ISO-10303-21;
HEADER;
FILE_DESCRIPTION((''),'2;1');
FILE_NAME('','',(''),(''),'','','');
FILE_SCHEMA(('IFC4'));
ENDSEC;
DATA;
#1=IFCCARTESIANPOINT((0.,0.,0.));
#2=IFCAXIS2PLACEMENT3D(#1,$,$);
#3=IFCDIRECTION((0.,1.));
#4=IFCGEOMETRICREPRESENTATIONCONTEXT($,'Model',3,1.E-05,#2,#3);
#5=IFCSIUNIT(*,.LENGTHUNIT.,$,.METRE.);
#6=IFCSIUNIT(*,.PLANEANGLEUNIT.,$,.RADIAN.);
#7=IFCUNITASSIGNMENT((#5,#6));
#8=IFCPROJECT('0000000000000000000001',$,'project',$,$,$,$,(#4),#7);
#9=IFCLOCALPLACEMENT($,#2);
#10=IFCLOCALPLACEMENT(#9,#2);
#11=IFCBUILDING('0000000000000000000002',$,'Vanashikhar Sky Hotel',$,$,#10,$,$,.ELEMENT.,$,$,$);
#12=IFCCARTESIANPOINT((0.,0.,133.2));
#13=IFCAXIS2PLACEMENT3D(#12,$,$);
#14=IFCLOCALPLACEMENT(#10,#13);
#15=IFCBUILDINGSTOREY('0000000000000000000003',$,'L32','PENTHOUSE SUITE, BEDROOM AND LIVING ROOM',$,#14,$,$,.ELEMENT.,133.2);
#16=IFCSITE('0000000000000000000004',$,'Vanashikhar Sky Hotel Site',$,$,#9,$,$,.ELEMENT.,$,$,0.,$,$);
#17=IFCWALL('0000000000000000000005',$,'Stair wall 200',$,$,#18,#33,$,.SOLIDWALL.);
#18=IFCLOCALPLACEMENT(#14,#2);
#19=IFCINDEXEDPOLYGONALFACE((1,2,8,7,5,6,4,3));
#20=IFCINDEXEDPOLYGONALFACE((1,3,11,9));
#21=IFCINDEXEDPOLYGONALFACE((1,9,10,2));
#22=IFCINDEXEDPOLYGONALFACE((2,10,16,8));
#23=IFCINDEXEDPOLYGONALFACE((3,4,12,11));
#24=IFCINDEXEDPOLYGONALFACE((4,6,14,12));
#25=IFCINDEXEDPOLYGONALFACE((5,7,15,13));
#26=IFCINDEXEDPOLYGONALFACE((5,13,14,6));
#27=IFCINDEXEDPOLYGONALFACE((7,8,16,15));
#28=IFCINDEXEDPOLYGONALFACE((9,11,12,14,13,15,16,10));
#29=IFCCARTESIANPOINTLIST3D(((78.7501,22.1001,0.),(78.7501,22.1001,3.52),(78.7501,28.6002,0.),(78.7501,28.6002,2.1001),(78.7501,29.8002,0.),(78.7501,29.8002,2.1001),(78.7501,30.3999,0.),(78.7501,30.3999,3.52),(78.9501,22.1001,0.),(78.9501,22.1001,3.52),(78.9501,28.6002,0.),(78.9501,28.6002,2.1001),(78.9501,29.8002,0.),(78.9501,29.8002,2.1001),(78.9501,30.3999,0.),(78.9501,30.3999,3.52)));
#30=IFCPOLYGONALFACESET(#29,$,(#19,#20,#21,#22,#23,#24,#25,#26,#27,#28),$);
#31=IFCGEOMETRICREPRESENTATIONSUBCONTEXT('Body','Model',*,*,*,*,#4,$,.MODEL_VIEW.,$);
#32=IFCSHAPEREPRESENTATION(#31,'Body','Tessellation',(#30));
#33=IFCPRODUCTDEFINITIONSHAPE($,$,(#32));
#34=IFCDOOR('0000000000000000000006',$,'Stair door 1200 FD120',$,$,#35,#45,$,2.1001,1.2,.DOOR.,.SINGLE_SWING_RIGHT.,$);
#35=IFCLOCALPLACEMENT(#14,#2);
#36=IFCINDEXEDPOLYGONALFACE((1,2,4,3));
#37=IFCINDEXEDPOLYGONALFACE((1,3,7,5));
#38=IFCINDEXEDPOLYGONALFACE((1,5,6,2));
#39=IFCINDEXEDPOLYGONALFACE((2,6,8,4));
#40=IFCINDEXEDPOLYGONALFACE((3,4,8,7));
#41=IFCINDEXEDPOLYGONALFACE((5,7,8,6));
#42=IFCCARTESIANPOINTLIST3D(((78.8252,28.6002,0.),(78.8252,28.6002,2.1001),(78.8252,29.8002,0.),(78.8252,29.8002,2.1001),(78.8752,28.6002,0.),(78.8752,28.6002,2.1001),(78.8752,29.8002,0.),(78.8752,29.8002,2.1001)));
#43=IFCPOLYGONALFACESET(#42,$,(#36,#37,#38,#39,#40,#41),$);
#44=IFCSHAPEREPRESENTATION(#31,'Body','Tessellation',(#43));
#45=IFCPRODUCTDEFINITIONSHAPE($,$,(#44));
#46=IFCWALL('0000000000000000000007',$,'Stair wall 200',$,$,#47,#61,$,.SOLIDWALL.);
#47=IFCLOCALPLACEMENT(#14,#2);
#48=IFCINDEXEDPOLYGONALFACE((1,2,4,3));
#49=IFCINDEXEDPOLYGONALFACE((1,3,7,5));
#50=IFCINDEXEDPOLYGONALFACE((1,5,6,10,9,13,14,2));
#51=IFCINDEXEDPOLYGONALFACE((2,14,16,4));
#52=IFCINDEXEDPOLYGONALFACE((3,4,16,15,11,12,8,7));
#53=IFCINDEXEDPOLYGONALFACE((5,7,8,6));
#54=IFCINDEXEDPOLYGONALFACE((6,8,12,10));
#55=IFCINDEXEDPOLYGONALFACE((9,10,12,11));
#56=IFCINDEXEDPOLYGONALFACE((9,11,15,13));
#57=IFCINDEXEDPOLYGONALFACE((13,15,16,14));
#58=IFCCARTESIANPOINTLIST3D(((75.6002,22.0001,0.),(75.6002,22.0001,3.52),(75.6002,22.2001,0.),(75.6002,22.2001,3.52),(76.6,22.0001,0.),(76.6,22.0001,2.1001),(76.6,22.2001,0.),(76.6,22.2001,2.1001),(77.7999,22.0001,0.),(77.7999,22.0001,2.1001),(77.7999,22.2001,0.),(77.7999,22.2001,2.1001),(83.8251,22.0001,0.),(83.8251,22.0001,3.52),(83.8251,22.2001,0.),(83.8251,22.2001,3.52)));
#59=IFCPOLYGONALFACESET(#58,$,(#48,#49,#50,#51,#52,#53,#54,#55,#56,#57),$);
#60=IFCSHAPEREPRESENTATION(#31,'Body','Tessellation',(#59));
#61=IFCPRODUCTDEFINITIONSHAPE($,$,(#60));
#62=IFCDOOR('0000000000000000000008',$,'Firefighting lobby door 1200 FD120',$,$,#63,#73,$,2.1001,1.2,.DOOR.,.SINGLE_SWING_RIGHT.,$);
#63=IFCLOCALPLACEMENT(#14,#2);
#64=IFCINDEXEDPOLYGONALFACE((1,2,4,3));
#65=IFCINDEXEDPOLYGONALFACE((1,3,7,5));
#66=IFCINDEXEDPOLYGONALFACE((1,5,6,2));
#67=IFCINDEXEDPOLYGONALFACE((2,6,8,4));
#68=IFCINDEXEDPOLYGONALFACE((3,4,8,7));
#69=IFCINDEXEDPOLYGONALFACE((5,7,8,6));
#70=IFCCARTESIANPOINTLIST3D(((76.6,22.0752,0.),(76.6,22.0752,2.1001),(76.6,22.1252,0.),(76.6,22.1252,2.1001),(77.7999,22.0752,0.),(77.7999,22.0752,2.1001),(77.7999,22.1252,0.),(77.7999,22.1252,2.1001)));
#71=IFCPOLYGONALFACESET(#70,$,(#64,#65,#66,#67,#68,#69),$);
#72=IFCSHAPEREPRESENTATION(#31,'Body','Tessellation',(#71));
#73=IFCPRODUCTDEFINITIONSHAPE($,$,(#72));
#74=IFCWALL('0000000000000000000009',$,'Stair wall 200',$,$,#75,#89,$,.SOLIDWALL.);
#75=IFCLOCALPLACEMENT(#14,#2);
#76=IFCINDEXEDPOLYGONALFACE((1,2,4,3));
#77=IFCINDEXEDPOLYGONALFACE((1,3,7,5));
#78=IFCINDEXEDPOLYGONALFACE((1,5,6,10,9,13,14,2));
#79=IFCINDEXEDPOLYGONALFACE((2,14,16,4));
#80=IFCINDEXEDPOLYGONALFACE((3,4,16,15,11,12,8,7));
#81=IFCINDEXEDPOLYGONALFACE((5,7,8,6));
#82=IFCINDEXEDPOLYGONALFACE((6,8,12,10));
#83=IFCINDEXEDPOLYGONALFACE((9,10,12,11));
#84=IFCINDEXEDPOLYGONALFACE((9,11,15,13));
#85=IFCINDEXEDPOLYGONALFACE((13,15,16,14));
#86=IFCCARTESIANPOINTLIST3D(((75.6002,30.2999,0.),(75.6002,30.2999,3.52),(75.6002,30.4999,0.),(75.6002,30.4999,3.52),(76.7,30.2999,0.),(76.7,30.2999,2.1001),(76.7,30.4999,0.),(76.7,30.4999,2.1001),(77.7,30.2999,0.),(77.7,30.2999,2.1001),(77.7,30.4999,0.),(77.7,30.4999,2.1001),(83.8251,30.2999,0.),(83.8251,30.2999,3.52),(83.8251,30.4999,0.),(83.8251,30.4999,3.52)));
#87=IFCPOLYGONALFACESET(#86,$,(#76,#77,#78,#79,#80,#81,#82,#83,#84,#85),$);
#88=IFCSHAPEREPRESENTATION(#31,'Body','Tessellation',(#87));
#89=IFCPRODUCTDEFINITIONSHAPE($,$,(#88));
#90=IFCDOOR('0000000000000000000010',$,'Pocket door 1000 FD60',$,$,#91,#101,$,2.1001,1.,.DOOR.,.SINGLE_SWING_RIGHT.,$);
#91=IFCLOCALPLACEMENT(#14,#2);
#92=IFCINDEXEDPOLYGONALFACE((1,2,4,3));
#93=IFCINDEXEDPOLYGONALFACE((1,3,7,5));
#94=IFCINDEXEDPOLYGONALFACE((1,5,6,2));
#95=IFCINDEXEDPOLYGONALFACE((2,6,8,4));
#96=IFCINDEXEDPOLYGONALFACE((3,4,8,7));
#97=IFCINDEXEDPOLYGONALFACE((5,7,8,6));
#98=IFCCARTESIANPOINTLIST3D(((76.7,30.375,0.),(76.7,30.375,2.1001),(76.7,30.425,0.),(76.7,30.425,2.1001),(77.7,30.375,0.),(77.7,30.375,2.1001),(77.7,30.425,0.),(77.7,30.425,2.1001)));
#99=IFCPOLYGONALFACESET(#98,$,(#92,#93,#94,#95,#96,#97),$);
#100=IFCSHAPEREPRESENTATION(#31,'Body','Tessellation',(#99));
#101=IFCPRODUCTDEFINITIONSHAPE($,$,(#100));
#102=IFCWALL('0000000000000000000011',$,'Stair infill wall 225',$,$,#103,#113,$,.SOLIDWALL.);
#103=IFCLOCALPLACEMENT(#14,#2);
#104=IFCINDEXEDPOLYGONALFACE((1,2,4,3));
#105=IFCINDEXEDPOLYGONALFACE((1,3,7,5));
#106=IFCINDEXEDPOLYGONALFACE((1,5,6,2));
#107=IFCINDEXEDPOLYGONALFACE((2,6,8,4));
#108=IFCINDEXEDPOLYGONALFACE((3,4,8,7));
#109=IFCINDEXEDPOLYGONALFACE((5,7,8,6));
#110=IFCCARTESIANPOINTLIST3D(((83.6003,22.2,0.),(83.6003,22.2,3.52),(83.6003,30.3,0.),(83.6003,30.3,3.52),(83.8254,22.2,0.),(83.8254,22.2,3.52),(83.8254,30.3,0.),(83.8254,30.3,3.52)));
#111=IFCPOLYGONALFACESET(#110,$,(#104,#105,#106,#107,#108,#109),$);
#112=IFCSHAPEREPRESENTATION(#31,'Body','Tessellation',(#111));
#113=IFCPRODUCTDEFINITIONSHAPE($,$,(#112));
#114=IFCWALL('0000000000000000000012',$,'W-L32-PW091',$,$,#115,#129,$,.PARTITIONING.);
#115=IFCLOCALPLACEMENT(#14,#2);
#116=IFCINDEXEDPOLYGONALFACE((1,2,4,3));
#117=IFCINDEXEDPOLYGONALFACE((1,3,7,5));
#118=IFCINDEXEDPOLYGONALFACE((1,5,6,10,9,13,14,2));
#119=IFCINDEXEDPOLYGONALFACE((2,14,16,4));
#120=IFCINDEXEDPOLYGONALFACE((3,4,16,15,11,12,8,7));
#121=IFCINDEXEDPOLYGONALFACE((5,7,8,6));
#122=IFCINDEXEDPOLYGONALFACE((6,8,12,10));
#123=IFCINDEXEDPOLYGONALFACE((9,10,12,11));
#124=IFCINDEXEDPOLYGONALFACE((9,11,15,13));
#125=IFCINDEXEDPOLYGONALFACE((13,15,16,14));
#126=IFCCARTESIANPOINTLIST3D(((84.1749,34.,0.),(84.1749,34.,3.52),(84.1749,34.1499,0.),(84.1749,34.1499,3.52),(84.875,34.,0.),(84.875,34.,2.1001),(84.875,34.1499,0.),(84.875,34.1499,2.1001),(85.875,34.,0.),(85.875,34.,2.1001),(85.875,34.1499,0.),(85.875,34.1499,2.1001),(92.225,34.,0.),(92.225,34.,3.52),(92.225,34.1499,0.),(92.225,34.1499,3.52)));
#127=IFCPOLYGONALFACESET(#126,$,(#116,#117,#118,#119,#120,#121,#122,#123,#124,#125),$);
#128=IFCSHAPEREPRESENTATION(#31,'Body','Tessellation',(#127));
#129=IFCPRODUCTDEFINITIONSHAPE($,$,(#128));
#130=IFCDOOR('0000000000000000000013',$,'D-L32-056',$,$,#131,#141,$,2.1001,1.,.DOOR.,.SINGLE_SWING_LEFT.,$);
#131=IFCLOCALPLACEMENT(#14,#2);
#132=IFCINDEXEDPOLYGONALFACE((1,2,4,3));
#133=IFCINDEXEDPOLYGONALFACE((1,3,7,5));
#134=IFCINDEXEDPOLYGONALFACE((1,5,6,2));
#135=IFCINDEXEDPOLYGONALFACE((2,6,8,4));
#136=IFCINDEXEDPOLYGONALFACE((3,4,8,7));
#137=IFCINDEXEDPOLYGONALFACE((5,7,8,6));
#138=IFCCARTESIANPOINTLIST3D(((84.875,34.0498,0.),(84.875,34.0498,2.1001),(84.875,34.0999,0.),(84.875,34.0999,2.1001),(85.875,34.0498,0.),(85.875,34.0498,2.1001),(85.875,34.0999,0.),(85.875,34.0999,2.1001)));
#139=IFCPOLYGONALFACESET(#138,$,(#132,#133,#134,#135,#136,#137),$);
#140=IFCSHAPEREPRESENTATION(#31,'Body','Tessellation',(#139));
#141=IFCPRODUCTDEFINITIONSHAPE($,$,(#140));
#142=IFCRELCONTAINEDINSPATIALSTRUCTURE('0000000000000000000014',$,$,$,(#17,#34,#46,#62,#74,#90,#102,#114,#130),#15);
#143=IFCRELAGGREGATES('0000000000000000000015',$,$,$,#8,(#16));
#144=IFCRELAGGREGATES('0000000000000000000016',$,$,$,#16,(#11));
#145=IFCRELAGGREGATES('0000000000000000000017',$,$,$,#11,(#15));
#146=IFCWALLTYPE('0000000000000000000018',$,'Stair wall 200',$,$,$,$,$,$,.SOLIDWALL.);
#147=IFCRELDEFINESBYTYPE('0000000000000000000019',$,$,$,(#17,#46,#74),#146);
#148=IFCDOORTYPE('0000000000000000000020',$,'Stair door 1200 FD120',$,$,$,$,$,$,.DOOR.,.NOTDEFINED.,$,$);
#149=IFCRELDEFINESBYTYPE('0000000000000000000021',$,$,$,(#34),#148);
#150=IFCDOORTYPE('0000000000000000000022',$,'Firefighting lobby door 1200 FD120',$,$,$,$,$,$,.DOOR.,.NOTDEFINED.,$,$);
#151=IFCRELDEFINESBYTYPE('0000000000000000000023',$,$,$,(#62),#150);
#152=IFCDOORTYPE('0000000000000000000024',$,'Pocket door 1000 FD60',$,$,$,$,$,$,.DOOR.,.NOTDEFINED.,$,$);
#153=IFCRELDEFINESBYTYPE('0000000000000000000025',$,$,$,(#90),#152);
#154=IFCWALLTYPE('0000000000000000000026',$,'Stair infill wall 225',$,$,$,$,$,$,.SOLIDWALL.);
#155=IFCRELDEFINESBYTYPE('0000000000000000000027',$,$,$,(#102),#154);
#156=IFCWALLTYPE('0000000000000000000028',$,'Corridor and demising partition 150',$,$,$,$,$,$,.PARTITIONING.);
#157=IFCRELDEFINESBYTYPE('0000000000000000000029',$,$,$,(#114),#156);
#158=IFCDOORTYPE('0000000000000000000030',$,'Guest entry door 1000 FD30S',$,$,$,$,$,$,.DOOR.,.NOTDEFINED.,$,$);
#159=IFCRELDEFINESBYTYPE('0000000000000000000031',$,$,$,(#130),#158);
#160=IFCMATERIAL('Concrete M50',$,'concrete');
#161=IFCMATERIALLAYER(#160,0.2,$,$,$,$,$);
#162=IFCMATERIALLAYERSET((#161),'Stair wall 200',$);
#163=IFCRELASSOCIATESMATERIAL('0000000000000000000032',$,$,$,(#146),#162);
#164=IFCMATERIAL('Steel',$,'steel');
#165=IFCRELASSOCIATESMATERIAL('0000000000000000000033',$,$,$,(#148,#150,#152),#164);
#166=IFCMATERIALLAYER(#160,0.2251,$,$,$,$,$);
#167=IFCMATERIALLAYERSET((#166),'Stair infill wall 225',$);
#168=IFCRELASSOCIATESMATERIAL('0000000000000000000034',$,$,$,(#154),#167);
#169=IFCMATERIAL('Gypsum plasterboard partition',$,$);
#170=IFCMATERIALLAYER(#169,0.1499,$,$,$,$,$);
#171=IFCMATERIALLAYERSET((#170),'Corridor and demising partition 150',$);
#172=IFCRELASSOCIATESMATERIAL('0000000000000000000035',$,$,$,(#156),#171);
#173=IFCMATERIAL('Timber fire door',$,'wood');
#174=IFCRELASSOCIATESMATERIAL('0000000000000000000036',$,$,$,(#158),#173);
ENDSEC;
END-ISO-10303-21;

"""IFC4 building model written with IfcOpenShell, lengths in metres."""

from ifc_helpers import new_model, si_unit, direction, frame, frame_2d, origin, place, context, subcontext, project, spatial, rectangle, extrude, source, transform, mapped, material, layer, layer_set, type_object, element, fill, save


model = new_model("IFC4")

# Units and contexts
model_context = context("Model", 3, precision=1e-05, world=origin(), true_north=direction((0.0, 1.0)))
body_context = subcontext(model_context, "Body", "Model", "MODEL_VIEW")
ifc_project = project(units=[si_unit("LENGTHUNIT", "METRE"), si_unit("PLANEANGLEUNIT", "RADIAN")], contexts=[model_context])

# Site, building, storey
site_placement = place(None, origin())
site = spatial("IfcSite", under=ifc_project, at=site_placement, Name="Vanashikhar Sky Hotel Site", CompositionType="ELEMENT", RefElevation=0.0)
building_placement = place(site_placement, origin())
building = spatial("IfcBuilding", under=site, at=building_placement, Name="Vanashikhar Sky Hotel", CompositionType="ELEMENT")
storey_placement = place(building_placement, frame((0.0, 0.0, 133.2)))
storey = spatial("IfcBuildingStorey", under=building, at=storey_placement, Name="L32", Description="PENTHOUSE SUITE, BEDROOM AND LIVING ROOM", CompositionType="ELEMENT", Elevation=133.2)

# Shared definitions
ifc_material_1 = material(Name="Concrete M50", Category="concrete")

# Shared definitions
ifc_material_2 = material(Name="Steel", Category="steel")
shared_shape_1 = source(origin(), body_context, "Body", "SweptSolid", [
    extrude(rectangle(XDim=1.2, YDim=2.1001, at=frame_2d((0.6001, 1.05))), frame((0.0, 0.0249, 0.0), z_axis=(0.0, -1.0, 0.0), x_axis=(1.0, 0.0, 0.0)), (0.0, 0.0, 1.0), 0.05),
])

# Walls, openings, doors
ifc_layer_1 = layer(ifc_material_1, 0.2)
ifc_layer_set_1 = layer_set([ifc_layer_1], Name="Stair wall 200")
wall_type_1 = type_object("IfcWallType", Name="Stair wall 200", PredefinedType="SOLIDWALL", material=ifc_layer_set_1)
shared_shape_2 = source(origin(), body_context, "Body", "SweptSolid", [
    extrude(rectangle(XDim=8.2998, YDim=0.2, at=frame_2d((4.1499, 0.0))), origin(), (0.0, 0.0, 1.0), 3.52),
])
wall_1_placement = place(storey_placement, frame((78.8501, 22.1001, 0.0), z_axis=(0.0, 0.0, 1.0), x_axis=(0.0, 1.0, 0.0)))
wall_1 = element("IfcWall", 1, at=wall_1_placement, inside=storey, type_object=wall_type_1, Name="Stair wall 200", PredefinedType="SOLIDWALL", context=body_context, shape_type="MappedRepresentation", body=[
    mapped(shared_shape_2, transform((0.0, 0.0, 0.0), scale=1.0)),
])
shared_shape_3 = source(origin(), body_context, "Body", "SweptSolid", [
    extrude(rectangle(XDim=1.2, YDim=2.1001, at=frame_2d((0.6001, 1.05))), frame((0.0, 0.1099, 0.0), z_axis=(0.0, -1.0, 0.0), x_axis=(1.0, 0.0, 0.0)), (0.0, 0.0, 1.0), 0.22),
])
opening_1_placement = place(wall_1_placement, frame((6.5, 0.0, 0.0)))
opening_1 = element("IfcOpeningElement", 2, at=opening_1_placement, cuts=wall_1, PredefinedType="OPENING", context=body_context, shape_type="MappedRepresentation", body=[
    mapped(shared_shape_3, transform((0.0, 0.0, 0.0), scale=1.0)),
])
door_type_1 = type_object("IfcDoorType", Name="Stair door 1200 FD120", OperationType="NOTDEFINED", PredefinedType="DOOR", material=ifc_material_2)
door_1_placement = place(opening_1_placement, origin())
door_1 = element("IfcDoor", 3, at=door_1_placement, inside=storey, type_object=door_type_1, Name="Stair door 1200 FD120", OperationType="SINGLE_SWING_RIGHT", OverallHeight=2.1001, OverallWidth=1.2, PredefinedType="DOOR", context=body_context, shape_type="MappedRepresentation", body=[
    mapped(shared_shape_1, transform((0.0, 0.0, 0.0), scale=1.0)),
])
fill(opening_1, door_1)
shared_shape_4 = source(origin(), body_context, "Body", "SweptSolid", [
    extrude(rectangle(XDim=8.2249, YDim=0.2, at=frame_2d((4.1123, 0.0))), origin(), (0.0, 0.0, 1.0), 3.52),
])
wall_2_placement = place(storey_placement, frame((83.825, 22.1001, 0.0), z_axis=(0.0, 0.0, 1.0), x_axis=(-1.0, 0.0, 0.0)))
wall_2 = element("IfcWall", 4, at=wall_2_placement, inside=storey, type_object=wall_type_1, Name="Stair wall 200", PredefinedType="SOLIDWALL", context=body_context, shape_type="MappedRepresentation", body=[
    mapped(shared_shape_4, transform((0.0, 0.0, 0.0), scale=1.0)),
])
opening_2_placement = place(wall_2_placement, frame((6.0249, 0.0, 0.0)))
opening_2 = element("IfcOpeningElement", 5, at=opening_2_placement, cuts=wall_2, PredefinedType="OPENING", context=body_context, shape_type="MappedRepresentation", body=[
    mapped(shared_shape_3, transform((0.0, 0.0, 0.0), scale=1.0)),
])
door_type_2 = type_object("IfcDoorType", Name="Firefighting lobby door 1200 FD120", OperationType="NOTDEFINED", PredefinedType="DOOR", material=ifc_material_2)
door_2_placement = place(opening_2_placement, origin())
door_2 = element("IfcDoor", 6, at=door_2_placement, inside=storey, type_object=door_type_2, Name="Firefighting lobby door 1200 FD120", OperationType="SINGLE_SWING_RIGHT", OverallHeight=2.1001, OverallWidth=1.2, PredefinedType="DOOR", context=body_context, shape_type="MappedRepresentation", body=[
    mapped(shared_shape_1, transform((0.0, 0.0, 0.0), scale=1.0)),
])
fill(opening_2, door_2)
wall_3_placement = place(storey_placement, frame((83.825, 30.3999, 0.0), z_axis=(0.0, 0.0, 1.0), x_axis=(-1.0, 0.0, 0.0)))
wall_3 = element("IfcWall", 7, at=wall_3_placement, inside=storey, type_object=wall_type_1, Name="Stair wall 200", PredefinedType="SOLIDWALL", context=body_context, shape_type="MappedRepresentation", body=[
    mapped(shared_shape_4, transform((0.0, 0.0, 0.0), scale=1.0)),
])
shared_shape_5 = source(origin(), body_context, "Body", "SweptSolid", [
    extrude(rectangle(XDim=1.0, YDim=2.1001, at=frame_2d((0.5, 1.05))), frame((0.0, 0.1099, 0.0), z_axis=(0.0, -1.0, 0.0), x_axis=(1.0, 0.0, 0.0)), (0.0, 0.0, 1.0), 0.22),
])
opening_3_placement = place(wall_3_placement, frame((6.125, 0.0, 0.0)))
opening_3 = element("IfcOpeningElement", 8, at=opening_3_placement, cuts=wall_3, PredefinedType="OPENING", context=body_context, shape_type="MappedRepresentation", body=[
    mapped(shared_shape_5, transform((0.0, 0.0, 0.0), scale=1.0)),
])
door_type_3 = type_object("IfcDoorType", Name="Pocket door 1000 FD60", OperationType="NOTDEFINED", PredefinedType="DOOR", material=ifc_material_2)
shared_shape_6 = source(origin(), body_context, "Body", "SweptSolid", [
    extrude(rectangle(XDim=1.0, YDim=2.1001, at=frame_2d((0.5, 1.05))), frame((0.0, 0.0249, 0.0), z_axis=(0.0, -1.0, 0.0), x_axis=(1.0, 0.0, 0.0)), (0.0, 0.0, 1.0), 0.05),
])
door_3_placement = place(opening_3_placement, origin())
door_3 = element("IfcDoor", 9, at=door_3_placement, inside=storey, type_object=door_type_3, Name="Pocket door 1000 FD60", OperationType="SINGLE_SWING_RIGHT", OverallHeight=2.1001, OverallWidth=1.0, PredefinedType="DOOR", context=body_context, shape_type="MappedRepresentation", body=[
    mapped(shared_shape_6, transform((0.0, 0.0, 0.0), scale=1.0)),
])
fill(opening_3, door_3)

# Wall
ifc_layer_2 = layer(ifc_material_1, 0.2251)
ifc_layer_set_2 = layer_set([ifc_layer_2], Name="Stair infill wall 225")
wall_type_2 = type_object("IfcWallType", Name="Stair infill wall 225", PredefinedType="SOLIDWALL", material=ifc_layer_set_2)
shared_shape_7 = source(origin(), body_context, "Body", "SweptSolid", [
    extrude(rectangle(XDim=8.1001, YDim=0.2251, at=frame_2d((4.05, 0.0))), origin(), (0.0, 0.0, 1.0), 3.52),
])
wall_4_placement = place(storey_placement, frame((83.7129, 22.2, 0.0), z_axis=(0.0, 0.0, 1.0), x_axis=(0.0, 1.0, 0.0)))
element("IfcWall", 10, at=wall_4_placement, inside=storey, type_object=wall_type_2, Name="Stair infill wall 225", PredefinedType="SOLIDWALL", context=body_context, shape_type="MappedRepresentation", body=[
    mapped(shared_shape_7, transform((0.0, 0.0, 0.0), scale=1.0)),
])

# Wall, opening, door
ifc_material_3 = material(Name="Gypsum plasterboard partition")
ifc_layer_3 = layer(ifc_material_3, 0.1499)
ifc_layer_set_3 = layer_set([ifc_layer_3], Name="Corridor and demising partition 150")
wall_type_3 = type_object("IfcWallType", Name="Corridor and demising partition 150", PredefinedType="PARTITIONING", material=ifc_layer_set_3)
shared_shape_8 = source(origin(), body_context, "Body", "SweptSolid", [
    extrude(rectangle(XDim=8.05, YDim=0.1499, at=frame_2d((4.0249, 0.0))), origin(), (0.0, 0.0, 1.0), 3.52),
])
wall_5_placement = place(storey_placement, frame((84.175, 34.075, 0.0), z_axis=(0.0, 0.0, 1.0), x_axis=(1.0, 0.0, 0.0)))
wall_5 = element("IfcWall", 11, at=wall_5_placement, inside=storey, type_object=wall_type_3, Name="W-L32-PW091", PredefinedType="PARTITIONING", context=body_context, shape_type="MappedRepresentation", body=[
    mapped(shared_shape_8, transform((0.0, 0.0, 0.0), scale=1.0)),
])
shared_shape_9 = source(origin(), body_context, "Body", "SweptSolid", [
    extrude(rectangle(XDim=1.0, YDim=2.1001, at=frame_2d((0.5, 1.05))), frame((0.0, 0.085, 0.0), z_axis=(0.0, -1.0, 0.0), x_axis=(1.0, 0.0, 0.0)), (0.0, 0.0, 1.0), 0.1699),
])
opening_4_placement = place(wall_5_placement, frame((0.7, 0.0, 0.0)))
opening_4 = element("IfcOpeningElement", 12, at=opening_4_placement, cuts=wall_5, PredefinedType="OPENING", context=body_context, shape_type="MappedRepresentation", body=[
    mapped(shared_shape_9, transform((0.0, 0.0, 0.0), scale=1.0)),
])
ifc_material_4 = material(Name="Timber fire door", Category="wood")
door_type_4 = type_object("IfcDoorType", Name="Guest entry door 1000 FD30S", OperationType="NOTDEFINED", PredefinedType="DOOR", material=ifc_material_4)
door_4_placement = place(opening_4_placement, origin())
door_4 = element("IfcDoor", 13, at=door_4_placement, inside=storey, type_object=door_type_4, Name="D-L32-056", OperationType="SINGLE_SWING_LEFT", OverallHeight=2.1001, OverallWidth=1.0, PredefinedType="DOOR", context=body_context, shape_type="MappedRepresentation", body=[
    mapped(shared_shape_6, transform((0.0, 0.0, 0.0), scale=1.0)),
])
fill(opening_4, door_4)

save(model, "model.ifc")
